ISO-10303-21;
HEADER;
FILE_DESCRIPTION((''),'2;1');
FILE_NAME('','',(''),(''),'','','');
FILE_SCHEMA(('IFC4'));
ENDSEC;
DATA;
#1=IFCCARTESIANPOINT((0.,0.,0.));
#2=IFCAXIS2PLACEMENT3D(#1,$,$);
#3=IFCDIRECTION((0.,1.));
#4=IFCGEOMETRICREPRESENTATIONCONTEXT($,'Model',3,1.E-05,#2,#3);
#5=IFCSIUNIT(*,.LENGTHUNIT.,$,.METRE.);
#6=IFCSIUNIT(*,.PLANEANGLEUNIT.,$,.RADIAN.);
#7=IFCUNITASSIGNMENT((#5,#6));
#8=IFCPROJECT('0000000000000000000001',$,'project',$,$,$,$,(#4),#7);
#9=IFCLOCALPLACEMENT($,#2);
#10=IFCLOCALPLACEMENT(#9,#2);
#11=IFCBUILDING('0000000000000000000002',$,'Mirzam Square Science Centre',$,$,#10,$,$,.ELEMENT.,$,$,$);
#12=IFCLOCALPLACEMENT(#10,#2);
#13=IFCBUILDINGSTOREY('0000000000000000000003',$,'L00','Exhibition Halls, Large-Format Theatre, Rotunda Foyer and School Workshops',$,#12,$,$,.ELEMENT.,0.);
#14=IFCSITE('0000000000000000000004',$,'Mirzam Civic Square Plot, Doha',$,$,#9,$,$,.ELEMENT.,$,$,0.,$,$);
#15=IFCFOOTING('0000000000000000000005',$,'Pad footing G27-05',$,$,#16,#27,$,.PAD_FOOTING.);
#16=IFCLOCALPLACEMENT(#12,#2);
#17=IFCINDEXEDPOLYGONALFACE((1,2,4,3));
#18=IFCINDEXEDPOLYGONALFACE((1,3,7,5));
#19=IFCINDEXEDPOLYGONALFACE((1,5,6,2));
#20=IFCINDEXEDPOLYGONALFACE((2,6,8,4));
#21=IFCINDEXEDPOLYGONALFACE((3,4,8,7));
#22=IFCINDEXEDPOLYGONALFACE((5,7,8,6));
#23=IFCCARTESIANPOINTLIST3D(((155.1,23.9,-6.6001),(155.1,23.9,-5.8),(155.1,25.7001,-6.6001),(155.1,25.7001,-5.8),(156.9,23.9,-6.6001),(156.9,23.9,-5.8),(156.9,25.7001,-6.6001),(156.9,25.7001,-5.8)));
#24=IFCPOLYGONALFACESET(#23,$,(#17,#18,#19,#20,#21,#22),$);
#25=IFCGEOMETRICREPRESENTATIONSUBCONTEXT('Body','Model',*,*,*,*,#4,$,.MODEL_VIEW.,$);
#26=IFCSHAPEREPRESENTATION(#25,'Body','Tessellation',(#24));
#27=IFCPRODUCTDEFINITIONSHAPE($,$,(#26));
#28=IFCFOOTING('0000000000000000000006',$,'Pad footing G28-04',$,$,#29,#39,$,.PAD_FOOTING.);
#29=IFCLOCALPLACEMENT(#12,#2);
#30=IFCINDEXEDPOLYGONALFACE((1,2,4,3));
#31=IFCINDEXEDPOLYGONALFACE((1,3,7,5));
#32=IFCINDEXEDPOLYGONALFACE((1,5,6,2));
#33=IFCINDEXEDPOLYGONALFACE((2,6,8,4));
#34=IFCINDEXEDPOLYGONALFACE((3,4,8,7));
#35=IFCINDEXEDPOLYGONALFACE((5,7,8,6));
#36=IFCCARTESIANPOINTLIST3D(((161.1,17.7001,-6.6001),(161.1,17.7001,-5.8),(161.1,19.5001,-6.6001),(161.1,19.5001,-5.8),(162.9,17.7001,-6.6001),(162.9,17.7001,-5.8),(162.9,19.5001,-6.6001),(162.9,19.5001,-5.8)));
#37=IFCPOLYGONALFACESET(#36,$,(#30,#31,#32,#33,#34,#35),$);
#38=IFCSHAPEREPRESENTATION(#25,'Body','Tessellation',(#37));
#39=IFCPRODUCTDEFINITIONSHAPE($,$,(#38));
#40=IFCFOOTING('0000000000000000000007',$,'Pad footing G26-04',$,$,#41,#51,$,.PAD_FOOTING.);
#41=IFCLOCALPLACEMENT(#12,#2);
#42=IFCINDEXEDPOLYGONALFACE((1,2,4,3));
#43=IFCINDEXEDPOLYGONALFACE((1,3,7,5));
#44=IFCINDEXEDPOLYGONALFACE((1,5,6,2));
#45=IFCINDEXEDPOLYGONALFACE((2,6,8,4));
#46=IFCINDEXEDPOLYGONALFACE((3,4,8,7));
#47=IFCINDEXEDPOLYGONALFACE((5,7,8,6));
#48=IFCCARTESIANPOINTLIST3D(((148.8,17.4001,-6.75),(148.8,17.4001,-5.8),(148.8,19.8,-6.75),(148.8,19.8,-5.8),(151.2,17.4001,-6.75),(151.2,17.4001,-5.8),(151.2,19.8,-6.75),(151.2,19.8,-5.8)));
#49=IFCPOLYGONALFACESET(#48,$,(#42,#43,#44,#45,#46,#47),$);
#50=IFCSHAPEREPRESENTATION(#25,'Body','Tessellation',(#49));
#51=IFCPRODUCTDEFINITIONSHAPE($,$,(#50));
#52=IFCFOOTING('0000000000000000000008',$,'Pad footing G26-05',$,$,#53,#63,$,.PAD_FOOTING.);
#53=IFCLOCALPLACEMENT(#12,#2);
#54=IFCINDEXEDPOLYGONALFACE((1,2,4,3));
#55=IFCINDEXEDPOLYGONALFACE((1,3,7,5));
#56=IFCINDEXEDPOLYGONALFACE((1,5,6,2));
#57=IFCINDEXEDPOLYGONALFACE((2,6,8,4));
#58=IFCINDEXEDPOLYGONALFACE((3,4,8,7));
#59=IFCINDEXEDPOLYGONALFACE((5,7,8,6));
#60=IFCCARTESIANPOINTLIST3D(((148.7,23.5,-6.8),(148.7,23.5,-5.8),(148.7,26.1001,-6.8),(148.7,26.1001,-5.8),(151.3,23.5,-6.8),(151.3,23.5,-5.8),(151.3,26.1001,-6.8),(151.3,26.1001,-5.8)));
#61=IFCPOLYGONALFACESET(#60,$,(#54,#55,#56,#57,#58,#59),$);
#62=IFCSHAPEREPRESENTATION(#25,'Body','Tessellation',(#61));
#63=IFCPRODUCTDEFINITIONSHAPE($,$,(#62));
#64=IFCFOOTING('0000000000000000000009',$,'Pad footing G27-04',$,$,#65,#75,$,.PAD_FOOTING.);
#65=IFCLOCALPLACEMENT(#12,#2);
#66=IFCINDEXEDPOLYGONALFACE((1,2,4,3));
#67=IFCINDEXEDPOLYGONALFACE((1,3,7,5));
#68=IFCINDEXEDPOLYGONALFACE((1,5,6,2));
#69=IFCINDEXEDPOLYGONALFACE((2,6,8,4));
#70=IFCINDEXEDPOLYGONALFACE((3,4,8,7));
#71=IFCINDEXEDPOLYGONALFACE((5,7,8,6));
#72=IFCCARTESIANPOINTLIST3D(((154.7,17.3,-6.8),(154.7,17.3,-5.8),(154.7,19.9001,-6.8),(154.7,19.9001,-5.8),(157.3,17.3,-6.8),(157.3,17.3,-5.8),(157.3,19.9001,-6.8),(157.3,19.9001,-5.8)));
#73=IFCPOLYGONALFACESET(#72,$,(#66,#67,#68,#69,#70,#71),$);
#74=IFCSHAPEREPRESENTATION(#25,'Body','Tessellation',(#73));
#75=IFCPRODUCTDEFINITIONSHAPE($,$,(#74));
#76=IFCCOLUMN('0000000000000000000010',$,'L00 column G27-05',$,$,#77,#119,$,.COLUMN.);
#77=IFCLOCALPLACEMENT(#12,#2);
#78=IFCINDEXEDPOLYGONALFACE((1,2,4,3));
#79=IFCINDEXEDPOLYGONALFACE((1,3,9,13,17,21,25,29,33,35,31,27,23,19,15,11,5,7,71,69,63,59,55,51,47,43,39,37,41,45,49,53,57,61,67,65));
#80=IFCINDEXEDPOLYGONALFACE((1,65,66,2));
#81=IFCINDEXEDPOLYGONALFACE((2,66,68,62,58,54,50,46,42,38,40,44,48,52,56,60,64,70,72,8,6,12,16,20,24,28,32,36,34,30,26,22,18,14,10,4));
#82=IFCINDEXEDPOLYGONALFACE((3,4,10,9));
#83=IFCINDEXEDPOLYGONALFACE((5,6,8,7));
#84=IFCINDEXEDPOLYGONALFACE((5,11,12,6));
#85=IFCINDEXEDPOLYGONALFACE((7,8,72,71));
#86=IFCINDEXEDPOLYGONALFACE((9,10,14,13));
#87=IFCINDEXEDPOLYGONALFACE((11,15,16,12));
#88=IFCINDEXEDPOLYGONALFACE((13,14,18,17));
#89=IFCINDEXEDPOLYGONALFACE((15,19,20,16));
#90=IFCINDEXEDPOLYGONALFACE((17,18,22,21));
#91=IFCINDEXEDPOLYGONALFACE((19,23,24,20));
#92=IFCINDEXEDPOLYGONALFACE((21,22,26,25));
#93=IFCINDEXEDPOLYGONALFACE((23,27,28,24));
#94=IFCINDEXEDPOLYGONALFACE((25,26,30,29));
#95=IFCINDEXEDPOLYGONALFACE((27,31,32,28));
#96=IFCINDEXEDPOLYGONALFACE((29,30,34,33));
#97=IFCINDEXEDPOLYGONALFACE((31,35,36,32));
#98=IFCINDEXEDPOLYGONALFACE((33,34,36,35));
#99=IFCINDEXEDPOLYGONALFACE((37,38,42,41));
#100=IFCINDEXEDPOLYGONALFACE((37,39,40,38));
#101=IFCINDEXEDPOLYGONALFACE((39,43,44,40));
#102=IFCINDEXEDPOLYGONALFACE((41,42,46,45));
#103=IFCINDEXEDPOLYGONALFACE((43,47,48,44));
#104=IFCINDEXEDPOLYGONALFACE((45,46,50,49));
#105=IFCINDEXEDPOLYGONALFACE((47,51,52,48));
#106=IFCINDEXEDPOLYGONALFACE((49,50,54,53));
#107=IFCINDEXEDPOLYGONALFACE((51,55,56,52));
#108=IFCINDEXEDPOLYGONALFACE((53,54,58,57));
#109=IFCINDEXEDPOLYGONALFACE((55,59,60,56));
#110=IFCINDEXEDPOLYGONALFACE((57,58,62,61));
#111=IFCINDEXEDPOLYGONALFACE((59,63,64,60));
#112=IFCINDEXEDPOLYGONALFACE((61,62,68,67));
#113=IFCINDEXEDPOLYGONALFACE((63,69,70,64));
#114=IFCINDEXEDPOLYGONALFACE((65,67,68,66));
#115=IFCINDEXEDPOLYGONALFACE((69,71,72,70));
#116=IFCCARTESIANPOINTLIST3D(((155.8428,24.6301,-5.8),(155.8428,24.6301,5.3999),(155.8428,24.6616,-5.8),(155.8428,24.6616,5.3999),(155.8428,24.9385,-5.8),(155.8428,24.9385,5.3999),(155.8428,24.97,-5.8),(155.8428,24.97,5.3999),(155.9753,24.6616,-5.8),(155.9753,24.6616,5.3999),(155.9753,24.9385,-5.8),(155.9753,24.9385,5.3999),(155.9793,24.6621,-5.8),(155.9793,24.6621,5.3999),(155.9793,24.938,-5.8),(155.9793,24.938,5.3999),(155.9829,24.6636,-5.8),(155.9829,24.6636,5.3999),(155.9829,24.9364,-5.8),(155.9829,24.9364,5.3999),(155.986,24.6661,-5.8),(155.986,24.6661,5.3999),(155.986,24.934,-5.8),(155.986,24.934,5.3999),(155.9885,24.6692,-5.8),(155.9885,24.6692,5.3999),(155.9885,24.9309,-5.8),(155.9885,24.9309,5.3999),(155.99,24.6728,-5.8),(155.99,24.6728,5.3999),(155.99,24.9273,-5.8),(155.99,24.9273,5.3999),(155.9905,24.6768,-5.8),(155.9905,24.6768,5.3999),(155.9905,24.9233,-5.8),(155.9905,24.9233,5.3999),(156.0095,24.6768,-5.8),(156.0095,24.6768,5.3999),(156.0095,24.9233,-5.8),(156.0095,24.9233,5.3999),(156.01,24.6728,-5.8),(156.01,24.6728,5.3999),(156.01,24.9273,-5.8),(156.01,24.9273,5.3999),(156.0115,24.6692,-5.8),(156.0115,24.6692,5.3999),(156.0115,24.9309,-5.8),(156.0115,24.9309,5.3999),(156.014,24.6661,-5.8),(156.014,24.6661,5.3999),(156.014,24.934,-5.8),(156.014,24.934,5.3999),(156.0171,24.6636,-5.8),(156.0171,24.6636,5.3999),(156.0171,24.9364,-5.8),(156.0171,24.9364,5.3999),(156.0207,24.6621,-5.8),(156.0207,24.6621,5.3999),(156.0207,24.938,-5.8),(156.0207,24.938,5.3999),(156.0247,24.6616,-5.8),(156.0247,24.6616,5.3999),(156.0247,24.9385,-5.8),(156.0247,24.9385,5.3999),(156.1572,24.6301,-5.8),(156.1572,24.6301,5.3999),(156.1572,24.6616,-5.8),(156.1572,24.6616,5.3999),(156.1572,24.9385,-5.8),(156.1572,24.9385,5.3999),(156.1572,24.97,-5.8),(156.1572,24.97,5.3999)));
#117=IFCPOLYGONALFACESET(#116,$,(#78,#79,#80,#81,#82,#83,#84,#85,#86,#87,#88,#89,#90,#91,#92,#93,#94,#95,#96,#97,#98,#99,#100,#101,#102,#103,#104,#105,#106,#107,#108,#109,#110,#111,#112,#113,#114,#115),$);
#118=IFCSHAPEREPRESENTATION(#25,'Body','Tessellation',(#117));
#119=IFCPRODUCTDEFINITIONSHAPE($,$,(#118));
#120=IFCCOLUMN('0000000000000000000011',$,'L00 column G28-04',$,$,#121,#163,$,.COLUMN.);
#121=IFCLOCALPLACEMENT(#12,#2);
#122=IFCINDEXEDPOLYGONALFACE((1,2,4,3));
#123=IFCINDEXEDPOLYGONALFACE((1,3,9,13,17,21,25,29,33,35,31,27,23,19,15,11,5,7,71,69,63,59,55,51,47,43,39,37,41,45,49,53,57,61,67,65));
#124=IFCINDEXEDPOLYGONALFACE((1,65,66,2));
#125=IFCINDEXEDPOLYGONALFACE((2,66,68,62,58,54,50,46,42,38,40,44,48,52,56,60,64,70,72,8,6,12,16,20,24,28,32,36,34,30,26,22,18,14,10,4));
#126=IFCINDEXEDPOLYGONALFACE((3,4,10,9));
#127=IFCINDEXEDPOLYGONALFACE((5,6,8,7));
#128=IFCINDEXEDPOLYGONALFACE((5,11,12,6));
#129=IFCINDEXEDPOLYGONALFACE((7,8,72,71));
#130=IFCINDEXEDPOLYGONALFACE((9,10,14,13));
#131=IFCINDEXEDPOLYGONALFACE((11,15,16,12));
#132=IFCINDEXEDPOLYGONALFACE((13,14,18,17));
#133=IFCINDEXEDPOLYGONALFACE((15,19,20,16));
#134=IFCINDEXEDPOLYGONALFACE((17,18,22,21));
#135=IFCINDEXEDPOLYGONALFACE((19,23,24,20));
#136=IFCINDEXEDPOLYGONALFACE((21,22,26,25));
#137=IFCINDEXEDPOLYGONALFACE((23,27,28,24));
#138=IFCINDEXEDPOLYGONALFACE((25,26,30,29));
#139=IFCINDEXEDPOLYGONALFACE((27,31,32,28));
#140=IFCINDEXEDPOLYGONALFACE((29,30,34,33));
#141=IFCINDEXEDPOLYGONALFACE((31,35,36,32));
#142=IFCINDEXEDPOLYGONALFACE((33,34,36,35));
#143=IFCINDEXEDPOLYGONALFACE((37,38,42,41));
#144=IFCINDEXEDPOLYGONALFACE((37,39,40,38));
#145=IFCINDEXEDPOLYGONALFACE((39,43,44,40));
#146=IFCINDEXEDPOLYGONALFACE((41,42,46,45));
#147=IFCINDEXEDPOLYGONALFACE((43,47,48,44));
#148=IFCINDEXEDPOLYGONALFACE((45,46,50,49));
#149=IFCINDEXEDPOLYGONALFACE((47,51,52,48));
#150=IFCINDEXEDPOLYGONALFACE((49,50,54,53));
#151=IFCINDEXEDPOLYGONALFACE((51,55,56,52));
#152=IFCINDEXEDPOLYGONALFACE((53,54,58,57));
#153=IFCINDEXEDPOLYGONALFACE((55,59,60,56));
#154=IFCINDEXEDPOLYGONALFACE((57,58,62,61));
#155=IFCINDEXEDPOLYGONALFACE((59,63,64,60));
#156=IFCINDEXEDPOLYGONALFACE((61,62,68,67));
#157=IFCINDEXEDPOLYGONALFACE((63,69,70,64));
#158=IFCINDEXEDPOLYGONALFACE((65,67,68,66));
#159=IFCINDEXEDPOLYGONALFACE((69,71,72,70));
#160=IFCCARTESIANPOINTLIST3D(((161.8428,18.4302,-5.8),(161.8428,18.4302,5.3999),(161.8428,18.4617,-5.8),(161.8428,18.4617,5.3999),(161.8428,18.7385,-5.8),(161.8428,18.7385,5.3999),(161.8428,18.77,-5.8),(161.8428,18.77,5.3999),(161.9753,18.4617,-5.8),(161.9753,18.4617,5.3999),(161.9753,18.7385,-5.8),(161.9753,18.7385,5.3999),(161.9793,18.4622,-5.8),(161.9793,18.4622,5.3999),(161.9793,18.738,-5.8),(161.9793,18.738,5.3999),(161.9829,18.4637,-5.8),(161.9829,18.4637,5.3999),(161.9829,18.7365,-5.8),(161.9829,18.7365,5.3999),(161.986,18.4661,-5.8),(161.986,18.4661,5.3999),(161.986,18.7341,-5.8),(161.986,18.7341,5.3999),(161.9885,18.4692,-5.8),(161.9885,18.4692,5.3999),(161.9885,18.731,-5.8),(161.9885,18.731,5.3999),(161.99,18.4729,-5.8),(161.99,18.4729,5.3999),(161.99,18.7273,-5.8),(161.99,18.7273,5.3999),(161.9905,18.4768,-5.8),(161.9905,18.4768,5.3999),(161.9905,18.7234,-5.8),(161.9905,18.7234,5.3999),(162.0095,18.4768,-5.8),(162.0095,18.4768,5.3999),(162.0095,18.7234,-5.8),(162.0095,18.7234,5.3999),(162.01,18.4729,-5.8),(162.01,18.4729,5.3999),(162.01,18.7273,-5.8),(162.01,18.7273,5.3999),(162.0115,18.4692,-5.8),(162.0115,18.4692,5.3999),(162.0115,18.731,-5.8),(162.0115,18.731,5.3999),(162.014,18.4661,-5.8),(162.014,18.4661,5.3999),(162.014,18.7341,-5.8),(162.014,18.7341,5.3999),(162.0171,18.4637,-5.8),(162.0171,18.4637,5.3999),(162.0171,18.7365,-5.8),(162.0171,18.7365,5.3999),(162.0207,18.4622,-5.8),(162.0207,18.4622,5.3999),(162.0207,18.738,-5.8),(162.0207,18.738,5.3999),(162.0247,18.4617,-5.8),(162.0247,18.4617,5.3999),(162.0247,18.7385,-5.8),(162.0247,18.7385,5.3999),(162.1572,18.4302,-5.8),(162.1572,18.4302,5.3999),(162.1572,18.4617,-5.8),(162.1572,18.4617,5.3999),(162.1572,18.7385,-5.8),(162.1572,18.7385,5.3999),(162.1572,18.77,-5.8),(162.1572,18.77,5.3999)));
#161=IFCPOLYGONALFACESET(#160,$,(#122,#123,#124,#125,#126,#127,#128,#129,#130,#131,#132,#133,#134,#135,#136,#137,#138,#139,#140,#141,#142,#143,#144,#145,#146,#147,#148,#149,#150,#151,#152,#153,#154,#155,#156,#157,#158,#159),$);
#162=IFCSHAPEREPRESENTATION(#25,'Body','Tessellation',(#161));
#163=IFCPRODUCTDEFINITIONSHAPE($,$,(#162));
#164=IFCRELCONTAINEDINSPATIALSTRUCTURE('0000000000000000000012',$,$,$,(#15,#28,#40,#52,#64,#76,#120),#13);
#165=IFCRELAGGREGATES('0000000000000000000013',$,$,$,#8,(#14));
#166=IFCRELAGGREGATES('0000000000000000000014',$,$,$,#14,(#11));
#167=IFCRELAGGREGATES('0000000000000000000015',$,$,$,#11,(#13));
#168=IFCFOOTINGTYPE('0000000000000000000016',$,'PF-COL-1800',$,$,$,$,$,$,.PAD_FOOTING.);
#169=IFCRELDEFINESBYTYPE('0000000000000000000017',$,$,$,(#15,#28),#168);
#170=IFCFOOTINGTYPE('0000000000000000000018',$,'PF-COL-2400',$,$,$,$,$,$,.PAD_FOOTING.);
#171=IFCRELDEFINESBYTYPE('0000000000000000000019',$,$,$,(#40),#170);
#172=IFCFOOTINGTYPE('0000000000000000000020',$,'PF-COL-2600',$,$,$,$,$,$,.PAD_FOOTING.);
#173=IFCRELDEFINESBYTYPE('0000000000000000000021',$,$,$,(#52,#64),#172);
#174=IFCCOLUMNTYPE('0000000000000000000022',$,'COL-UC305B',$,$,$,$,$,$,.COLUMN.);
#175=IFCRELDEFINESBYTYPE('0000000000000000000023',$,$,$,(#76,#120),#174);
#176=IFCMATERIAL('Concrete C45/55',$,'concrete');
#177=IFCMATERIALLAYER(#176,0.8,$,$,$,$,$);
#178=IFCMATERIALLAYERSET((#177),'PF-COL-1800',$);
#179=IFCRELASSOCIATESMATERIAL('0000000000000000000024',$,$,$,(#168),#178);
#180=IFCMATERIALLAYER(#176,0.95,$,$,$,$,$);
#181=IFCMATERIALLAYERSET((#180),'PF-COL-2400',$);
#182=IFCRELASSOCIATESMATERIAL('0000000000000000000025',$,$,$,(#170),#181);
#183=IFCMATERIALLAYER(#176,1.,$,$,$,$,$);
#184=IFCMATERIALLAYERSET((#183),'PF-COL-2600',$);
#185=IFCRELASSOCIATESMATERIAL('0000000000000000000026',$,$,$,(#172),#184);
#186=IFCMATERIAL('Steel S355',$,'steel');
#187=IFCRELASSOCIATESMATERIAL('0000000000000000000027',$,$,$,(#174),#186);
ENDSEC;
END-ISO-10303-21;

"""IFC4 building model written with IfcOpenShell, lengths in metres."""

from ifc_helpers import new_model, si_unit, direction, frame, origin, origin_2d, place, context, subcontext, project, spatial, rectangle, i_section, extrude, material, layer, layer_set, material_profile, profile_set, type_object, element, save


model = new_model("IFC4")

# Units and contexts
model_context = context("Model", 3, precision=1e-05, world=origin(), true_north=direction((0.0, 1.0)))
body_context = subcontext(model_context, "Body", "Model", "MODEL_VIEW")
ifc_project = project(units=[si_unit("LENGTHUNIT", "METRE"), si_unit("PLANEANGLEUNIT", "RADIAN")], contexts=[model_context])

# Site, building, storey
site_placement = place(None, origin())
site = spatial("IfcSite", under=ifc_project, at=site_placement, Name="Mirzam Civic Square Plot, Doha", CompositionType="ELEMENT", RefElevation=0.0)
building_placement = place(site_placement, origin())
building = spatial("IfcBuilding", under=site, at=building_placement, Name="Mirzam Square Science Centre", CompositionType="ELEMENT")
storey_placement = place(building_placement, origin())
storey = spatial("IfcBuildingStorey", under=building, at=storey_placement, Name="L00", Description="Exhibition Halls, Large-Format Theatre, Rotunda Foyer and School Workshops", CompositionType="ELEMENT", Elevation=0.0)

# Footings
ifc_material_1 = material(Name="Concrete C45/55", Category="concrete")
ifc_layer_1 = layer(ifc_material_1, 0.8)
ifc_layer_set_1 = layer_set([ifc_layer_1], Name="PF-COL-1800")
footing_type_1 = type_object("IfcFootingType", Name="PF-COL-1800", PredefinedType="PAD_FOOTING", material=ifc_layer_set_1)
for number, where, z_axis, x_axis, name in (
    (1, (156.0, 24.8, -6.6001), (0.0, 0.0, 1.0), (1.0, 0.0, 0.0), "Pad footing G27-05"),
    (2, (162.0, 18.6001, -6.6001), (0.0, 0.0, 1.0), (1.0, 0.0, 0.0), "Pad footing G28-04"),
):
    element("IfcFooting", number, at=place(storey_placement, frame(where, z_axis=z_axis, x_axis=x_axis)), inside=storey, type_object=footing_type_1, Name=name, PredefinedType="PAD_FOOTING", context=body_context, shape_type="SweptSolid", body=[
        extrude(rectangle(XDim=1.8, YDim=1.8, at=origin_2d()), origin(), (0.0, 0.0, 1.0), 0.8),
    ])
ifc_layer_2 = layer(ifc_material_1, 0.95)
ifc_layer_set_2 = layer_set([ifc_layer_2], Name="PF-COL-2400")
footing_type_2 = type_object("IfcFootingType", Name="PF-COL-2400", PredefinedType="PAD_FOOTING", material=ifc_layer_set_2)
footing_placement = place(storey_placement, frame((150.0, 18.6001, -6.75), z_axis=(0.0, 0.0, 1.0), x_axis=(1.0, 0.0, 0.0)))
element("IfcFooting", 3, at=footing_placement, inside=storey, type_object=footing_type_2, Name="Pad footing G26-04", PredefinedType="PAD_FOOTING", context=body_context, shape_type="SweptSolid", body=[
    extrude(rectangle(XDim=2.3999, YDim=2.3999, at=origin_2d()), origin(), (0.0, 0.0, 1.0), 0.95),
])
ifc_layer_3 = layer(ifc_material_1, 1.0)
ifc_layer_set_3 = layer_set([ifc_layer_3], Name="PF-COL-2600")
footing_type_3 = type_object("IfcFootingType", Name="PF-COL-2600", PredefinedType="PAD_FOOTING", material=ifc_layer_set_3)
for number, where, z_axis, x_axis, name in (
    (4, (150.0, 24.8, -6.8), (0.0, 0.0, 1.0), (1.0, 0.0, 0.0), "Pad footing G26-05"),
    (5, (156.0, 18.6001, -6.8), (0.0, 0.0, 1.0), (1.0, 0.0, 0.0), "Pad footing G27-04"),
):
    element("IfcFooting", number, at=place(storey_placement, frame(where, z_axis=z_axis, x_axis=x_axis)), inside=storey, type_object=footing_type_3, Name=name, PredefinedType="PAD_FOOTING", context=body_context, shape_type="SweptSolid", body=[
        extrude(rectangle(XDim=2.6001, YDim=2.6001, at=origin_2d()), origin(), (0.0, 0.0, 1.0), 1.0),
    ])

# Columns
ifc_material_2 = material(Name="Steel S355", Category="steel")
ifc_material_profile_1 = material_profile(ifc_material_2, i_section(OverallWidth=0.3145, OverallDepth=0.3398, WebThickness=0.019, FlangeThickness=0.0315, FilletRadius=0.0151, at=origin_2d()), Name="305x305x198UC")
ifc_profile_set_1 = profile_set([ifc_material_profile_1], Name="Steel S355")
column_type_1 = type_object("IfcColumnType", Name="COL-UC305B", PredefinedType="COLUMN", material=ifc_profile_set_1)
for number, where, z_axis, x_axis, name in (
    (6, (156.0, 24.8, -5.8), (0.0, 0.0, 1.0), (1.0, 0.0, 0.0), "L00 column G27-05"),
    (7, (162.0, 18.6001, -5.8), (0.0, 0.0, 1.0), (1.0, 0.0, 0.0), "L00 column G28-04"),
):
    element("IfcColumn", number, at=place(storey_placement, frame(where, z_axis=z_axis, x_axis=x_axis)), inside=storey, type_object=column_type_1, Name=name, PredefinedType="COLUMN", context=body_context, shape_type="SweptSolid", body=[
        extrude(i_section(OverallWidth=0.3145, OverallDepth=0.3398, WebThickness=0.019, FlangeThickness=0.0315, FilletRadius=0.0151, at=origin_2d()), origin(), (0.0, 0.0, 1.0), 11.2),
    ])

save(model, "model.ifc")
